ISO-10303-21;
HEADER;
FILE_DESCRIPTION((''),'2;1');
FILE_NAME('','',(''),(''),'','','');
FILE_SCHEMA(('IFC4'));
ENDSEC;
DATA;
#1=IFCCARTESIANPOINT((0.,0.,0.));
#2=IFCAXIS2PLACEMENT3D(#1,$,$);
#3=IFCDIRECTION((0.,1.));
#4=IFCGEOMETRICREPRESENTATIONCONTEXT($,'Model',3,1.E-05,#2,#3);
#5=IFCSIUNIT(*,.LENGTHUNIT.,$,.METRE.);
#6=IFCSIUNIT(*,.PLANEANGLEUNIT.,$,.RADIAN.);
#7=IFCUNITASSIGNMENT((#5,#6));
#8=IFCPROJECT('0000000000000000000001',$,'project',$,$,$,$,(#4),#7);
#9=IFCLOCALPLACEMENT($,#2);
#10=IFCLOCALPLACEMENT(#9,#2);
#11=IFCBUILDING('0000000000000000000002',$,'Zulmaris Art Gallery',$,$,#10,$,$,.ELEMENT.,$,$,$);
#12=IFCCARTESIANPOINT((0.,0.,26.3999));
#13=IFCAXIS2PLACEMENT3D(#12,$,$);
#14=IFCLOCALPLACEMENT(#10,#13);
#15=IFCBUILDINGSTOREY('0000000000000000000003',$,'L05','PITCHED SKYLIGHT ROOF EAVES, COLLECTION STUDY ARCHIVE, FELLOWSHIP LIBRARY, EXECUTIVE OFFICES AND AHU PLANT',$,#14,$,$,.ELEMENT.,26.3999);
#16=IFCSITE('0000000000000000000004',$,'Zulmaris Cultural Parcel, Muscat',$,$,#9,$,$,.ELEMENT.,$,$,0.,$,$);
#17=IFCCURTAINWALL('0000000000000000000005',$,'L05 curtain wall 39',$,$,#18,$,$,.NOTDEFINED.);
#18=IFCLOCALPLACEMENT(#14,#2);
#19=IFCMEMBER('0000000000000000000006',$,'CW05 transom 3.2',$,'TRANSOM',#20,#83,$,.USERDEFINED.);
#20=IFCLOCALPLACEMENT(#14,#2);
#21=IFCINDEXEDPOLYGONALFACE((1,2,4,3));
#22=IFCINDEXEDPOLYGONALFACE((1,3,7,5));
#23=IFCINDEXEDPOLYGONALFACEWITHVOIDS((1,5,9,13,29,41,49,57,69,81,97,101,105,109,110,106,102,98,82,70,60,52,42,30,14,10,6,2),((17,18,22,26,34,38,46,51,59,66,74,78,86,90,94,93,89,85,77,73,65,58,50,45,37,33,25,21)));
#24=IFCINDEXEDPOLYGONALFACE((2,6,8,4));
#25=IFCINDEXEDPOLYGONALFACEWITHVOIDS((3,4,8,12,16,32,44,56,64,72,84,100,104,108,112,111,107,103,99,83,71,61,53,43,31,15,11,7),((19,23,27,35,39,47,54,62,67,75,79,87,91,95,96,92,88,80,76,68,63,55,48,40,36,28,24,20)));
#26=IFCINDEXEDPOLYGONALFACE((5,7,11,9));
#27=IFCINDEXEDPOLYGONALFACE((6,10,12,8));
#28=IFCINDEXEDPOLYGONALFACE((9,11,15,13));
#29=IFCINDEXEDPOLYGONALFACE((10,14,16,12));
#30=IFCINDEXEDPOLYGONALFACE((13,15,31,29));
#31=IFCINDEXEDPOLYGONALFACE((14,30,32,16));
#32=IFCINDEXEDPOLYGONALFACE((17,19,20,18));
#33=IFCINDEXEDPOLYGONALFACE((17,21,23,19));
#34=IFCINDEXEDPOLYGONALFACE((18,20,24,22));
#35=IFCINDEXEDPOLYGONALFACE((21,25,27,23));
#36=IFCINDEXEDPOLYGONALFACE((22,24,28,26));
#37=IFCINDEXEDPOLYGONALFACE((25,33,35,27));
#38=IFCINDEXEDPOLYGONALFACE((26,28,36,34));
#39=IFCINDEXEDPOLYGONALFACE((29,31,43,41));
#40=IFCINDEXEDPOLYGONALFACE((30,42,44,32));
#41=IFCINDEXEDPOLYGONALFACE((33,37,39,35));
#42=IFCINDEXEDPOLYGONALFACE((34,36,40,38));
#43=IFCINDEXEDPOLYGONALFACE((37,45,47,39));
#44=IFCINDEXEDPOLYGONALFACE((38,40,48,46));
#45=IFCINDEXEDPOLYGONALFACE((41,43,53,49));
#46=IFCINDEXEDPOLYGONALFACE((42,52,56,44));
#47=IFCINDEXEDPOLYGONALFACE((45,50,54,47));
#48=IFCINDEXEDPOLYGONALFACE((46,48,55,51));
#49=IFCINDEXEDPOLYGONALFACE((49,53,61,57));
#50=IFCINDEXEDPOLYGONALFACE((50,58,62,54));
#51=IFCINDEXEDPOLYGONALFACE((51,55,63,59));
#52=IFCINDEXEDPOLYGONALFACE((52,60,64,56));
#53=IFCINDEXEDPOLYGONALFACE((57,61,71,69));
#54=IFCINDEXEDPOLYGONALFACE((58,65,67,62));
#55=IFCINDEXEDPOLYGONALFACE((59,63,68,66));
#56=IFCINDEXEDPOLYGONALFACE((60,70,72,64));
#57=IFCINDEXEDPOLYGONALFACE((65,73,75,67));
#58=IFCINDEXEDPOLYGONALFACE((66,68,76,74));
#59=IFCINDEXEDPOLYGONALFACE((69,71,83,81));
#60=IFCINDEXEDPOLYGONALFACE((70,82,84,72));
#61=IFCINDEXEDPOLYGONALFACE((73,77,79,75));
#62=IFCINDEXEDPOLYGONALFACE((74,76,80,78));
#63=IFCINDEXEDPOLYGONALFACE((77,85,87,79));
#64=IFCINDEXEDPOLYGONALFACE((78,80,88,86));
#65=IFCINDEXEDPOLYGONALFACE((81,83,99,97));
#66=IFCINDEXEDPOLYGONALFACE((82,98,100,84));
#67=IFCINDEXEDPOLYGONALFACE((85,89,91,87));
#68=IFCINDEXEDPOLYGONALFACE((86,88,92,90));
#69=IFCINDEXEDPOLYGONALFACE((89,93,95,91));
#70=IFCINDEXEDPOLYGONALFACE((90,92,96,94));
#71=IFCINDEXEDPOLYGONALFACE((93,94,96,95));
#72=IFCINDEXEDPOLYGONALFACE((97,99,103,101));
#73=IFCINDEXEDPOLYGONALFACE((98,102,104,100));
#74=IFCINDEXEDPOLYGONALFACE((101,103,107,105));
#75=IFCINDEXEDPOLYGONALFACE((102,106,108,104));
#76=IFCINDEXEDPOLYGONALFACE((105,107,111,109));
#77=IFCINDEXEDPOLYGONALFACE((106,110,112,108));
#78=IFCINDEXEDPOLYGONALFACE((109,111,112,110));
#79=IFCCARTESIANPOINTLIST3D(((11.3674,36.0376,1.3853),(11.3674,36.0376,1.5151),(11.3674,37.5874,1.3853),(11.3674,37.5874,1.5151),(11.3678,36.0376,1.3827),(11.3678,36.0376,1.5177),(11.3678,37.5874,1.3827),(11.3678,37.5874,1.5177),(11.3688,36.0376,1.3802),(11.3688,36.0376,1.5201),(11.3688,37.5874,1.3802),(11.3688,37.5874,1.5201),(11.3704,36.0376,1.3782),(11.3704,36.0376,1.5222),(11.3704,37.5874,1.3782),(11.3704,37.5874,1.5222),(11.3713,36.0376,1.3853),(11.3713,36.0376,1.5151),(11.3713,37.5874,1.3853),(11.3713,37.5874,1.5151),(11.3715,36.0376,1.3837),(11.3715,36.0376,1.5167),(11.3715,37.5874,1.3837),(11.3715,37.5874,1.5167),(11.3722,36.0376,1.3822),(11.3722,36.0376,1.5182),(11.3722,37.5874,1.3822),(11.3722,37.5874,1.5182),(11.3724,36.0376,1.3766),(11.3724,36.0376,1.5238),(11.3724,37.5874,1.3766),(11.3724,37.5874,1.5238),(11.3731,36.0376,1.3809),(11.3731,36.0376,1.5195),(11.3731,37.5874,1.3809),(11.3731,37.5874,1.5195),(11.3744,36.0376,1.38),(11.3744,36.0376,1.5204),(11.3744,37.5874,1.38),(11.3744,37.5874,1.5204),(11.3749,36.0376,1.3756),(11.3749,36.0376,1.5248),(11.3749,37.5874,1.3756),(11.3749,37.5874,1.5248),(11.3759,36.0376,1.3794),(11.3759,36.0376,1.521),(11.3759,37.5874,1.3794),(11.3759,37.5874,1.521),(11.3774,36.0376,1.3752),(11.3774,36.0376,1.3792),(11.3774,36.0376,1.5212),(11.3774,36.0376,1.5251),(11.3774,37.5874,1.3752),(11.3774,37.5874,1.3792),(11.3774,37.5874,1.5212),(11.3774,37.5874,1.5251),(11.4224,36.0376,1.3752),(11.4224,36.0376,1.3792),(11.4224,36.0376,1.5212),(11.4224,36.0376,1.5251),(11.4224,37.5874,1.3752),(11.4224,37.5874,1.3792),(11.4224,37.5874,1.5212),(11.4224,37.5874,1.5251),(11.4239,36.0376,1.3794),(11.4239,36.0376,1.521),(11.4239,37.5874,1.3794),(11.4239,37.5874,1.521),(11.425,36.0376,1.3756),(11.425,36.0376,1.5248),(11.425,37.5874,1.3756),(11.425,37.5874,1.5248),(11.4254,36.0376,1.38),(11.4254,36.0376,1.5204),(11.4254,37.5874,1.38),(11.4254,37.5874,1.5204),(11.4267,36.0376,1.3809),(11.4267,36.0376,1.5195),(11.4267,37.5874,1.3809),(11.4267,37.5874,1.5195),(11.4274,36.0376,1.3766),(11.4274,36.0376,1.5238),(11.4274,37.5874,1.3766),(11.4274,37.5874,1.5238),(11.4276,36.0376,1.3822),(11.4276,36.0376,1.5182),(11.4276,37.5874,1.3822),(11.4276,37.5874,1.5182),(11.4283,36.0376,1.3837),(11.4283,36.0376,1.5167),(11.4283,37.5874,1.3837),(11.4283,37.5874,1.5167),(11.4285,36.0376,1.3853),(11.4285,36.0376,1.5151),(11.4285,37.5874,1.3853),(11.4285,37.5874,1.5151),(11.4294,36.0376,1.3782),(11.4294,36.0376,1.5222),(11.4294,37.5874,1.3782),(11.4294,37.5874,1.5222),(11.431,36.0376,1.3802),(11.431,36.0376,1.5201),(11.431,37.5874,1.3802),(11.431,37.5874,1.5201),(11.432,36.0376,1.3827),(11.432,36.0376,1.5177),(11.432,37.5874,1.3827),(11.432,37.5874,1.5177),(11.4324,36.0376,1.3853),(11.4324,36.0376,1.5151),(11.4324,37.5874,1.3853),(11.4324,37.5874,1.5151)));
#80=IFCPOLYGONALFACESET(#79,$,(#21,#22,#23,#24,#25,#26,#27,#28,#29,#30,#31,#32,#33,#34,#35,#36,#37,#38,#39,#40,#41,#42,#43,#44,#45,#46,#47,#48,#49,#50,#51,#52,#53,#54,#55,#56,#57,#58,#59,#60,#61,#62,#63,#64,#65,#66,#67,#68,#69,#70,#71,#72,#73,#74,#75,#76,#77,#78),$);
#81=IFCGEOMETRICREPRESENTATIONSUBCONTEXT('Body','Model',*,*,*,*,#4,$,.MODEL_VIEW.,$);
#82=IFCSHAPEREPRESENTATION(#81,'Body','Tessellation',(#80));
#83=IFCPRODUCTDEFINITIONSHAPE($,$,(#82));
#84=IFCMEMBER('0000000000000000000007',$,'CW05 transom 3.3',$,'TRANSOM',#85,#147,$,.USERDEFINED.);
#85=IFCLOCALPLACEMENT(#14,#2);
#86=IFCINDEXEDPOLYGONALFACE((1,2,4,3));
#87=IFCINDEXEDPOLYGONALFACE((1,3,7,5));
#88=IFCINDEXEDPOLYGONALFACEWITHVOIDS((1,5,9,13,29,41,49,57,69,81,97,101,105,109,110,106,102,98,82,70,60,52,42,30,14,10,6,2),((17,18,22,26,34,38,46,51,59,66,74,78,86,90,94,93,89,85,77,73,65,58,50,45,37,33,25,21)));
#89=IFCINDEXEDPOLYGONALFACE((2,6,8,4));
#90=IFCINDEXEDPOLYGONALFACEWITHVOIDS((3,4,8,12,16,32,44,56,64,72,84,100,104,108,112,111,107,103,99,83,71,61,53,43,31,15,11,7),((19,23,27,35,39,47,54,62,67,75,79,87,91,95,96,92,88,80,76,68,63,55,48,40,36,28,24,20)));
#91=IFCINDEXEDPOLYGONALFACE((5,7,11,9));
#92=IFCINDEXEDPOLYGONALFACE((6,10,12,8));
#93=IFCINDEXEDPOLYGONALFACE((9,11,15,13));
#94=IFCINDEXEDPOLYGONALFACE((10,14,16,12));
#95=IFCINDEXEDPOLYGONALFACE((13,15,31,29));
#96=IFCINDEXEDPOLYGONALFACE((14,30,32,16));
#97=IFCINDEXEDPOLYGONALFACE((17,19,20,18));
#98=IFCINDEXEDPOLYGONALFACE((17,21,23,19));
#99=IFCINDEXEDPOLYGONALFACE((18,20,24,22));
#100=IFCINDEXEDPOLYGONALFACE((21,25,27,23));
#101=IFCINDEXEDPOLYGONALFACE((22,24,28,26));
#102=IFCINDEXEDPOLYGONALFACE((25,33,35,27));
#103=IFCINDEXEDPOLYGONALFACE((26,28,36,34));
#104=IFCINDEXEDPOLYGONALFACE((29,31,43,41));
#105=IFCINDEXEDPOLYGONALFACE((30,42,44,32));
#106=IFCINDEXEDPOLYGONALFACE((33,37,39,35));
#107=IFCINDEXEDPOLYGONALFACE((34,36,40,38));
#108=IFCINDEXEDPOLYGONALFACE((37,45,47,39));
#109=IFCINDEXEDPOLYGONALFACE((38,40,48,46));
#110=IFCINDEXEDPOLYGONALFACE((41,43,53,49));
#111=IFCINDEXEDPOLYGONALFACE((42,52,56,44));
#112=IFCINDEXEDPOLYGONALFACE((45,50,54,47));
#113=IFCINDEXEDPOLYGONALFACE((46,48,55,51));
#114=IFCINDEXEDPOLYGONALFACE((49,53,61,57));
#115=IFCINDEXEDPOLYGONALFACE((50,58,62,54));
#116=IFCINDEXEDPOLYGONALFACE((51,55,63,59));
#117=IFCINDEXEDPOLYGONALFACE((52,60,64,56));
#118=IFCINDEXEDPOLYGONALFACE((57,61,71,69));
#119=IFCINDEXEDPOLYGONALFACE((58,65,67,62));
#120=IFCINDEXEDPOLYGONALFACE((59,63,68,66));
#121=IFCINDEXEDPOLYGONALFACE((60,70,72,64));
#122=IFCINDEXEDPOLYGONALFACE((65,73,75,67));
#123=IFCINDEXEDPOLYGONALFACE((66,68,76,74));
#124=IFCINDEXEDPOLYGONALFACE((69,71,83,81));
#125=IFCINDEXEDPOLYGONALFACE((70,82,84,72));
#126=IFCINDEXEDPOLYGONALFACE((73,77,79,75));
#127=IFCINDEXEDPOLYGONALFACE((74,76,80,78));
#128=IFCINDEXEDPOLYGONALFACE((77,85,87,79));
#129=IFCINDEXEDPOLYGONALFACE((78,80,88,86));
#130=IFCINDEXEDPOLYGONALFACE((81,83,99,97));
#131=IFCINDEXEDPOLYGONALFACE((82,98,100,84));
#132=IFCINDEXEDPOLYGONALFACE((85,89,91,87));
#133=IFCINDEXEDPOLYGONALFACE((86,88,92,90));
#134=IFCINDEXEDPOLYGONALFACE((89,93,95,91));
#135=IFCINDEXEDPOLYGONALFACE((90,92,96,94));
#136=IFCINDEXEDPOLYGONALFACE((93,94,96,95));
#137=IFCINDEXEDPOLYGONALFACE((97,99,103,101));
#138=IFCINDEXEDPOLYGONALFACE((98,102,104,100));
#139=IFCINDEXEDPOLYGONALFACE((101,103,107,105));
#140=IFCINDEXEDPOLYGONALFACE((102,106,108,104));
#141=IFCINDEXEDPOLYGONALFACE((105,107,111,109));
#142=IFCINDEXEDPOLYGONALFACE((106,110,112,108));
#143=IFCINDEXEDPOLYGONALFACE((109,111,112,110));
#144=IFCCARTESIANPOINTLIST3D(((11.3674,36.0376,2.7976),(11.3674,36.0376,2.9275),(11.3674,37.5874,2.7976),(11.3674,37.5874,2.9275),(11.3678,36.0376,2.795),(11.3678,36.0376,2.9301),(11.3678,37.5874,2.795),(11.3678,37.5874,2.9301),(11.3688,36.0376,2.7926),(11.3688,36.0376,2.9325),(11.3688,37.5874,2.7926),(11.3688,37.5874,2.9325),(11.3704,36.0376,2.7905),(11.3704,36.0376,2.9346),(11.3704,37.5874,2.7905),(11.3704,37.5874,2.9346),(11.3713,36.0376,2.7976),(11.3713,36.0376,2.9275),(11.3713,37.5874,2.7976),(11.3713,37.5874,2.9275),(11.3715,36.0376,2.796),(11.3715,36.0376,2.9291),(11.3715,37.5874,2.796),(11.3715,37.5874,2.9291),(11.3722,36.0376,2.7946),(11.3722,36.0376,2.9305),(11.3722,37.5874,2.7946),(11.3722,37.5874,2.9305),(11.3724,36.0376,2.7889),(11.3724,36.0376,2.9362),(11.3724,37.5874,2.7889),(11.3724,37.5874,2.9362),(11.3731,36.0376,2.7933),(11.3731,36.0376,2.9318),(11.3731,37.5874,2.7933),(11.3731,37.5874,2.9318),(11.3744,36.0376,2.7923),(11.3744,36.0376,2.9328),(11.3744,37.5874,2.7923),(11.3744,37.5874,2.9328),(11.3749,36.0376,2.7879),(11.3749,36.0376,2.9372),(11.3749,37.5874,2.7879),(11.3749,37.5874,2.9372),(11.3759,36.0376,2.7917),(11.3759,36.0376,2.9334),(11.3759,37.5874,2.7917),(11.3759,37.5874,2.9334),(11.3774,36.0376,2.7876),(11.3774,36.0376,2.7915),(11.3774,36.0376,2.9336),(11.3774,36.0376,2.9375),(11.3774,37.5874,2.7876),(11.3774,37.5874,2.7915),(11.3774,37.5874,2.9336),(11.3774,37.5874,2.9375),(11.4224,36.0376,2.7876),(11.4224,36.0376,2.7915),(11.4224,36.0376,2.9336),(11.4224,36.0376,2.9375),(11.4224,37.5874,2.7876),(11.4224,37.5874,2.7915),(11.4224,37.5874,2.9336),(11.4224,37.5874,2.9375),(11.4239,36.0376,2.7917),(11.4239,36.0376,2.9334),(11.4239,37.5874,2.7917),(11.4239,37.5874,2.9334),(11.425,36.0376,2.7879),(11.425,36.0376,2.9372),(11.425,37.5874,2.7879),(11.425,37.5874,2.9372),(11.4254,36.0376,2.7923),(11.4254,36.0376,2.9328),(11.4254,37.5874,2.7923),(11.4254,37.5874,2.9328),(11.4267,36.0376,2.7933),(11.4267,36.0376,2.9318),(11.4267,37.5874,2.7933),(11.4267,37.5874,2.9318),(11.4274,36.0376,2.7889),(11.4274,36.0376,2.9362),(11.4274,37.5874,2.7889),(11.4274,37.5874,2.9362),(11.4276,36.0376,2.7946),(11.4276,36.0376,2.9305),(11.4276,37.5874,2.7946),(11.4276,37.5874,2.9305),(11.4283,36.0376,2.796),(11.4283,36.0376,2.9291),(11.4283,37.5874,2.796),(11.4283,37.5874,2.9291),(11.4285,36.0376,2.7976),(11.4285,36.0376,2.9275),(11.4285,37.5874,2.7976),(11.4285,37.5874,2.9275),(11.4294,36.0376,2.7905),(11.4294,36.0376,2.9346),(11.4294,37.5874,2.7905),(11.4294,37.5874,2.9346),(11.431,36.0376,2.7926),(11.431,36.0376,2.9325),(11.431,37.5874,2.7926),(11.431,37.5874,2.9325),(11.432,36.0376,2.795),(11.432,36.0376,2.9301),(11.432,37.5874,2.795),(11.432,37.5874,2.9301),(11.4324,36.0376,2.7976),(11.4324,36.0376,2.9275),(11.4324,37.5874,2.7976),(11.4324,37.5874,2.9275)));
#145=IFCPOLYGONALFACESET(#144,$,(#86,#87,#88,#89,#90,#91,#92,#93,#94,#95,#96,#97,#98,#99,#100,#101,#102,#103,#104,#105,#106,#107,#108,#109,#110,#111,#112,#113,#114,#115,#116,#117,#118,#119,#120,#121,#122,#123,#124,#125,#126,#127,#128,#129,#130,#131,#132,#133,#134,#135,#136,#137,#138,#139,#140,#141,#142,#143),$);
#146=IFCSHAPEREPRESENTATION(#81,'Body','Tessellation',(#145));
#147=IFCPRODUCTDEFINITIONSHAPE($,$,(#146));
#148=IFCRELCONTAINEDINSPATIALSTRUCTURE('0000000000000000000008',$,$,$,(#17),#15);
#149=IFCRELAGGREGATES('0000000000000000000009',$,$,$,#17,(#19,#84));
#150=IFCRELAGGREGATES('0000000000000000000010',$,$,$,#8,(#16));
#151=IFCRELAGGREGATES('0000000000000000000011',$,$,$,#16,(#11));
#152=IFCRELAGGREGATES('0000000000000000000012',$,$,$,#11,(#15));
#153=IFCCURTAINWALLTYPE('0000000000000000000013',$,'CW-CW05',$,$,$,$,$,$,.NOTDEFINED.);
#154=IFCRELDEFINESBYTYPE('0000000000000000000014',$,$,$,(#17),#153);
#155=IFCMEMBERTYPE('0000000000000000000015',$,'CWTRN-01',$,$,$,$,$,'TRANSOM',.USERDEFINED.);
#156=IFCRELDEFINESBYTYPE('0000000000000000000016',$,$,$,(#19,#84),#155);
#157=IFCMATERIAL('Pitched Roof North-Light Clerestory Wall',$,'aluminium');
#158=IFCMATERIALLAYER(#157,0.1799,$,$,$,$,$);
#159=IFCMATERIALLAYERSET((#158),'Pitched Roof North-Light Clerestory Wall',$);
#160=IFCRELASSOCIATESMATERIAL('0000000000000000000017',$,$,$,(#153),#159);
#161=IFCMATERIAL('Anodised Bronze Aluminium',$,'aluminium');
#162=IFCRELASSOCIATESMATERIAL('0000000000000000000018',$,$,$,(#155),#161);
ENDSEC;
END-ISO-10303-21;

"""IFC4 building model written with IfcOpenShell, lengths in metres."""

from ifc_helpers import new_model, si_unit, direction, frame, origin, origin_2d, place, context, subcontext, project, spatial, hollow_rectangle, extrude, material, layer, layer_set, material_profile, profile_set, type_object, element, aggregate, save


model = new_model("IFC4")

# Units and contexts
model_context = context("Model", 3, precision=1e-05, world=origin(), true_north=direction((0.0, 1.0)))
body_context = subcontext(model_context, "Body", "Model", "MODEL_VIEW")
ifc_project = project(units=[si_unit("LENGTHUNIT", "METRE"), si_unit("PLANEANGLEUNIT", "RADIAN")], contexts=[model_context])

# Site, building, storey
site_placement = place(None, origin())
site = spatial("IfcSite", under=ifc_project, at=site_placement, Name="Zulmaris Cultural Parcel, Muscat", CompositionType="ELEMENT", RefElevation=0.0)
building_placement = place(site_placement, origin())
building = spatial("IfcBuilding", under=site, at=building_placement, Name="Zulmaris Art Gallery", CompositionType="ELEMENT")
storey_placement = place(building_placement, frame((0.0, 0.0, 26.3999)))
storey = spatial("IfcBuildingStorey", under=building, at=storey_placement, Name="L05", Description="PITCHED SKYLIGHT ROOF EAVES, COLLECTION STUDY ARCHIVE, FELLOWSHIP LIBRARY, EXECUTIVE OFFICES AND AHU PLANT", CompositionType="ELEMENT", Elevation=26.3999)

# Curtain wall
ifc_material_1 = material(Name="Pitched Roof North-Light Clerestory Wall", Category="aluminium")
ifc_layer_1 = layer(ifc_material_1, 0.1799)
ifc_layer_set_1 = layer_set([ifc_layer_1], Name="Pitched Roof North-Light Clerestory Wall")
curtain_wall_type = type_object("IfcCurtainWallType", Name="CW-CW05", PredefinedType="NOTDEFINED", material=ifc_layer_set_1)
curtain_wall_1_placement = place(storey_placement, origin())
curtain_wall_1 = element("IfcCurtainWall", 1, at=curtain_wall_1_placement, inside=storey, type_object=curtain_wall_type, Name="L05 curtain wall 39", PredefinedType="NOTDEFINED")
ifc_material_2 = material(Name="Anodised Bronze Aluminium", Category="aluminium")

# Members
ifc_material_profile_1 = material_profile(ifc_material_2, hollow_rectangle(XDim=0.0649, YDim=0.1499, WallThickness=0.0039, InnerFilletRadius=0.0061, OuterFilletRadius=0.01, at=origin_2d()), Name="ALU 65x150x4")
ifc_profile_set_1 = profile_set([ifc_material_profile_1], Name="Anodised Bronze Aluminium")
member_type_1 = type_object("IfcMemberType", Name="CWTRN-01", ElementType="TRANSOM", PredefinedType="USERDEFINED", material=ifc_profile_set_1)
member_1_placement = place(storey_placement, frame((11.3999, 36.0376, 1.4502), z_axis=(0.0, 1.0, 0.0), x_axis=(-1.0, 0.0, 0.0)))
member_1 = element("IfcMember", 2, at=member_1_placement, type_object=member_type_1, Name="CW05 transom 3.2", ObjectType="TRANSOM", PredefinedType="USERDEFINED", context=body_context, shape_type="SweptSolid", body=[
    extrude(hollow_rectangle(XDim=0.0649, YDim=0.1499, WallThickness=0.0039, InnerFilletRadius=0.0061, OuterFilletRadius=0.01, at=origin_2d()), origin(), (0.0, 0.0, 1.0), 1.5498),
])
member_2_placement = place(storey_placement, frame((11.3999, 36.0376, 2.8625), z_axis=(0.0, 1.0, 0.0), x_axis=(-1.0, 0.0, 0.0)))
member_2 = element("IfcMember", 3, at=member_2_placement, type_object=member_type_1, Name="CW05 transom 3.3", ObjectType="TRANSOM", PredefinedType="USERDEFINED", context=body_context, shape_type="SweptSolid", body=[
    extrude(hollow_rectangle(XDim=0.0649, YDim=0.1499, WallThickness=0.0039, InnerFilletRadius=0.0061, OuterFilletRadius=0.01, at=origin_2d()), origin(), (0.0, 0.0, 1.0), 1.5498),
])

aggregate(curtain_wall_1, [member_1, member_2])

save(model, "model.ifc")
